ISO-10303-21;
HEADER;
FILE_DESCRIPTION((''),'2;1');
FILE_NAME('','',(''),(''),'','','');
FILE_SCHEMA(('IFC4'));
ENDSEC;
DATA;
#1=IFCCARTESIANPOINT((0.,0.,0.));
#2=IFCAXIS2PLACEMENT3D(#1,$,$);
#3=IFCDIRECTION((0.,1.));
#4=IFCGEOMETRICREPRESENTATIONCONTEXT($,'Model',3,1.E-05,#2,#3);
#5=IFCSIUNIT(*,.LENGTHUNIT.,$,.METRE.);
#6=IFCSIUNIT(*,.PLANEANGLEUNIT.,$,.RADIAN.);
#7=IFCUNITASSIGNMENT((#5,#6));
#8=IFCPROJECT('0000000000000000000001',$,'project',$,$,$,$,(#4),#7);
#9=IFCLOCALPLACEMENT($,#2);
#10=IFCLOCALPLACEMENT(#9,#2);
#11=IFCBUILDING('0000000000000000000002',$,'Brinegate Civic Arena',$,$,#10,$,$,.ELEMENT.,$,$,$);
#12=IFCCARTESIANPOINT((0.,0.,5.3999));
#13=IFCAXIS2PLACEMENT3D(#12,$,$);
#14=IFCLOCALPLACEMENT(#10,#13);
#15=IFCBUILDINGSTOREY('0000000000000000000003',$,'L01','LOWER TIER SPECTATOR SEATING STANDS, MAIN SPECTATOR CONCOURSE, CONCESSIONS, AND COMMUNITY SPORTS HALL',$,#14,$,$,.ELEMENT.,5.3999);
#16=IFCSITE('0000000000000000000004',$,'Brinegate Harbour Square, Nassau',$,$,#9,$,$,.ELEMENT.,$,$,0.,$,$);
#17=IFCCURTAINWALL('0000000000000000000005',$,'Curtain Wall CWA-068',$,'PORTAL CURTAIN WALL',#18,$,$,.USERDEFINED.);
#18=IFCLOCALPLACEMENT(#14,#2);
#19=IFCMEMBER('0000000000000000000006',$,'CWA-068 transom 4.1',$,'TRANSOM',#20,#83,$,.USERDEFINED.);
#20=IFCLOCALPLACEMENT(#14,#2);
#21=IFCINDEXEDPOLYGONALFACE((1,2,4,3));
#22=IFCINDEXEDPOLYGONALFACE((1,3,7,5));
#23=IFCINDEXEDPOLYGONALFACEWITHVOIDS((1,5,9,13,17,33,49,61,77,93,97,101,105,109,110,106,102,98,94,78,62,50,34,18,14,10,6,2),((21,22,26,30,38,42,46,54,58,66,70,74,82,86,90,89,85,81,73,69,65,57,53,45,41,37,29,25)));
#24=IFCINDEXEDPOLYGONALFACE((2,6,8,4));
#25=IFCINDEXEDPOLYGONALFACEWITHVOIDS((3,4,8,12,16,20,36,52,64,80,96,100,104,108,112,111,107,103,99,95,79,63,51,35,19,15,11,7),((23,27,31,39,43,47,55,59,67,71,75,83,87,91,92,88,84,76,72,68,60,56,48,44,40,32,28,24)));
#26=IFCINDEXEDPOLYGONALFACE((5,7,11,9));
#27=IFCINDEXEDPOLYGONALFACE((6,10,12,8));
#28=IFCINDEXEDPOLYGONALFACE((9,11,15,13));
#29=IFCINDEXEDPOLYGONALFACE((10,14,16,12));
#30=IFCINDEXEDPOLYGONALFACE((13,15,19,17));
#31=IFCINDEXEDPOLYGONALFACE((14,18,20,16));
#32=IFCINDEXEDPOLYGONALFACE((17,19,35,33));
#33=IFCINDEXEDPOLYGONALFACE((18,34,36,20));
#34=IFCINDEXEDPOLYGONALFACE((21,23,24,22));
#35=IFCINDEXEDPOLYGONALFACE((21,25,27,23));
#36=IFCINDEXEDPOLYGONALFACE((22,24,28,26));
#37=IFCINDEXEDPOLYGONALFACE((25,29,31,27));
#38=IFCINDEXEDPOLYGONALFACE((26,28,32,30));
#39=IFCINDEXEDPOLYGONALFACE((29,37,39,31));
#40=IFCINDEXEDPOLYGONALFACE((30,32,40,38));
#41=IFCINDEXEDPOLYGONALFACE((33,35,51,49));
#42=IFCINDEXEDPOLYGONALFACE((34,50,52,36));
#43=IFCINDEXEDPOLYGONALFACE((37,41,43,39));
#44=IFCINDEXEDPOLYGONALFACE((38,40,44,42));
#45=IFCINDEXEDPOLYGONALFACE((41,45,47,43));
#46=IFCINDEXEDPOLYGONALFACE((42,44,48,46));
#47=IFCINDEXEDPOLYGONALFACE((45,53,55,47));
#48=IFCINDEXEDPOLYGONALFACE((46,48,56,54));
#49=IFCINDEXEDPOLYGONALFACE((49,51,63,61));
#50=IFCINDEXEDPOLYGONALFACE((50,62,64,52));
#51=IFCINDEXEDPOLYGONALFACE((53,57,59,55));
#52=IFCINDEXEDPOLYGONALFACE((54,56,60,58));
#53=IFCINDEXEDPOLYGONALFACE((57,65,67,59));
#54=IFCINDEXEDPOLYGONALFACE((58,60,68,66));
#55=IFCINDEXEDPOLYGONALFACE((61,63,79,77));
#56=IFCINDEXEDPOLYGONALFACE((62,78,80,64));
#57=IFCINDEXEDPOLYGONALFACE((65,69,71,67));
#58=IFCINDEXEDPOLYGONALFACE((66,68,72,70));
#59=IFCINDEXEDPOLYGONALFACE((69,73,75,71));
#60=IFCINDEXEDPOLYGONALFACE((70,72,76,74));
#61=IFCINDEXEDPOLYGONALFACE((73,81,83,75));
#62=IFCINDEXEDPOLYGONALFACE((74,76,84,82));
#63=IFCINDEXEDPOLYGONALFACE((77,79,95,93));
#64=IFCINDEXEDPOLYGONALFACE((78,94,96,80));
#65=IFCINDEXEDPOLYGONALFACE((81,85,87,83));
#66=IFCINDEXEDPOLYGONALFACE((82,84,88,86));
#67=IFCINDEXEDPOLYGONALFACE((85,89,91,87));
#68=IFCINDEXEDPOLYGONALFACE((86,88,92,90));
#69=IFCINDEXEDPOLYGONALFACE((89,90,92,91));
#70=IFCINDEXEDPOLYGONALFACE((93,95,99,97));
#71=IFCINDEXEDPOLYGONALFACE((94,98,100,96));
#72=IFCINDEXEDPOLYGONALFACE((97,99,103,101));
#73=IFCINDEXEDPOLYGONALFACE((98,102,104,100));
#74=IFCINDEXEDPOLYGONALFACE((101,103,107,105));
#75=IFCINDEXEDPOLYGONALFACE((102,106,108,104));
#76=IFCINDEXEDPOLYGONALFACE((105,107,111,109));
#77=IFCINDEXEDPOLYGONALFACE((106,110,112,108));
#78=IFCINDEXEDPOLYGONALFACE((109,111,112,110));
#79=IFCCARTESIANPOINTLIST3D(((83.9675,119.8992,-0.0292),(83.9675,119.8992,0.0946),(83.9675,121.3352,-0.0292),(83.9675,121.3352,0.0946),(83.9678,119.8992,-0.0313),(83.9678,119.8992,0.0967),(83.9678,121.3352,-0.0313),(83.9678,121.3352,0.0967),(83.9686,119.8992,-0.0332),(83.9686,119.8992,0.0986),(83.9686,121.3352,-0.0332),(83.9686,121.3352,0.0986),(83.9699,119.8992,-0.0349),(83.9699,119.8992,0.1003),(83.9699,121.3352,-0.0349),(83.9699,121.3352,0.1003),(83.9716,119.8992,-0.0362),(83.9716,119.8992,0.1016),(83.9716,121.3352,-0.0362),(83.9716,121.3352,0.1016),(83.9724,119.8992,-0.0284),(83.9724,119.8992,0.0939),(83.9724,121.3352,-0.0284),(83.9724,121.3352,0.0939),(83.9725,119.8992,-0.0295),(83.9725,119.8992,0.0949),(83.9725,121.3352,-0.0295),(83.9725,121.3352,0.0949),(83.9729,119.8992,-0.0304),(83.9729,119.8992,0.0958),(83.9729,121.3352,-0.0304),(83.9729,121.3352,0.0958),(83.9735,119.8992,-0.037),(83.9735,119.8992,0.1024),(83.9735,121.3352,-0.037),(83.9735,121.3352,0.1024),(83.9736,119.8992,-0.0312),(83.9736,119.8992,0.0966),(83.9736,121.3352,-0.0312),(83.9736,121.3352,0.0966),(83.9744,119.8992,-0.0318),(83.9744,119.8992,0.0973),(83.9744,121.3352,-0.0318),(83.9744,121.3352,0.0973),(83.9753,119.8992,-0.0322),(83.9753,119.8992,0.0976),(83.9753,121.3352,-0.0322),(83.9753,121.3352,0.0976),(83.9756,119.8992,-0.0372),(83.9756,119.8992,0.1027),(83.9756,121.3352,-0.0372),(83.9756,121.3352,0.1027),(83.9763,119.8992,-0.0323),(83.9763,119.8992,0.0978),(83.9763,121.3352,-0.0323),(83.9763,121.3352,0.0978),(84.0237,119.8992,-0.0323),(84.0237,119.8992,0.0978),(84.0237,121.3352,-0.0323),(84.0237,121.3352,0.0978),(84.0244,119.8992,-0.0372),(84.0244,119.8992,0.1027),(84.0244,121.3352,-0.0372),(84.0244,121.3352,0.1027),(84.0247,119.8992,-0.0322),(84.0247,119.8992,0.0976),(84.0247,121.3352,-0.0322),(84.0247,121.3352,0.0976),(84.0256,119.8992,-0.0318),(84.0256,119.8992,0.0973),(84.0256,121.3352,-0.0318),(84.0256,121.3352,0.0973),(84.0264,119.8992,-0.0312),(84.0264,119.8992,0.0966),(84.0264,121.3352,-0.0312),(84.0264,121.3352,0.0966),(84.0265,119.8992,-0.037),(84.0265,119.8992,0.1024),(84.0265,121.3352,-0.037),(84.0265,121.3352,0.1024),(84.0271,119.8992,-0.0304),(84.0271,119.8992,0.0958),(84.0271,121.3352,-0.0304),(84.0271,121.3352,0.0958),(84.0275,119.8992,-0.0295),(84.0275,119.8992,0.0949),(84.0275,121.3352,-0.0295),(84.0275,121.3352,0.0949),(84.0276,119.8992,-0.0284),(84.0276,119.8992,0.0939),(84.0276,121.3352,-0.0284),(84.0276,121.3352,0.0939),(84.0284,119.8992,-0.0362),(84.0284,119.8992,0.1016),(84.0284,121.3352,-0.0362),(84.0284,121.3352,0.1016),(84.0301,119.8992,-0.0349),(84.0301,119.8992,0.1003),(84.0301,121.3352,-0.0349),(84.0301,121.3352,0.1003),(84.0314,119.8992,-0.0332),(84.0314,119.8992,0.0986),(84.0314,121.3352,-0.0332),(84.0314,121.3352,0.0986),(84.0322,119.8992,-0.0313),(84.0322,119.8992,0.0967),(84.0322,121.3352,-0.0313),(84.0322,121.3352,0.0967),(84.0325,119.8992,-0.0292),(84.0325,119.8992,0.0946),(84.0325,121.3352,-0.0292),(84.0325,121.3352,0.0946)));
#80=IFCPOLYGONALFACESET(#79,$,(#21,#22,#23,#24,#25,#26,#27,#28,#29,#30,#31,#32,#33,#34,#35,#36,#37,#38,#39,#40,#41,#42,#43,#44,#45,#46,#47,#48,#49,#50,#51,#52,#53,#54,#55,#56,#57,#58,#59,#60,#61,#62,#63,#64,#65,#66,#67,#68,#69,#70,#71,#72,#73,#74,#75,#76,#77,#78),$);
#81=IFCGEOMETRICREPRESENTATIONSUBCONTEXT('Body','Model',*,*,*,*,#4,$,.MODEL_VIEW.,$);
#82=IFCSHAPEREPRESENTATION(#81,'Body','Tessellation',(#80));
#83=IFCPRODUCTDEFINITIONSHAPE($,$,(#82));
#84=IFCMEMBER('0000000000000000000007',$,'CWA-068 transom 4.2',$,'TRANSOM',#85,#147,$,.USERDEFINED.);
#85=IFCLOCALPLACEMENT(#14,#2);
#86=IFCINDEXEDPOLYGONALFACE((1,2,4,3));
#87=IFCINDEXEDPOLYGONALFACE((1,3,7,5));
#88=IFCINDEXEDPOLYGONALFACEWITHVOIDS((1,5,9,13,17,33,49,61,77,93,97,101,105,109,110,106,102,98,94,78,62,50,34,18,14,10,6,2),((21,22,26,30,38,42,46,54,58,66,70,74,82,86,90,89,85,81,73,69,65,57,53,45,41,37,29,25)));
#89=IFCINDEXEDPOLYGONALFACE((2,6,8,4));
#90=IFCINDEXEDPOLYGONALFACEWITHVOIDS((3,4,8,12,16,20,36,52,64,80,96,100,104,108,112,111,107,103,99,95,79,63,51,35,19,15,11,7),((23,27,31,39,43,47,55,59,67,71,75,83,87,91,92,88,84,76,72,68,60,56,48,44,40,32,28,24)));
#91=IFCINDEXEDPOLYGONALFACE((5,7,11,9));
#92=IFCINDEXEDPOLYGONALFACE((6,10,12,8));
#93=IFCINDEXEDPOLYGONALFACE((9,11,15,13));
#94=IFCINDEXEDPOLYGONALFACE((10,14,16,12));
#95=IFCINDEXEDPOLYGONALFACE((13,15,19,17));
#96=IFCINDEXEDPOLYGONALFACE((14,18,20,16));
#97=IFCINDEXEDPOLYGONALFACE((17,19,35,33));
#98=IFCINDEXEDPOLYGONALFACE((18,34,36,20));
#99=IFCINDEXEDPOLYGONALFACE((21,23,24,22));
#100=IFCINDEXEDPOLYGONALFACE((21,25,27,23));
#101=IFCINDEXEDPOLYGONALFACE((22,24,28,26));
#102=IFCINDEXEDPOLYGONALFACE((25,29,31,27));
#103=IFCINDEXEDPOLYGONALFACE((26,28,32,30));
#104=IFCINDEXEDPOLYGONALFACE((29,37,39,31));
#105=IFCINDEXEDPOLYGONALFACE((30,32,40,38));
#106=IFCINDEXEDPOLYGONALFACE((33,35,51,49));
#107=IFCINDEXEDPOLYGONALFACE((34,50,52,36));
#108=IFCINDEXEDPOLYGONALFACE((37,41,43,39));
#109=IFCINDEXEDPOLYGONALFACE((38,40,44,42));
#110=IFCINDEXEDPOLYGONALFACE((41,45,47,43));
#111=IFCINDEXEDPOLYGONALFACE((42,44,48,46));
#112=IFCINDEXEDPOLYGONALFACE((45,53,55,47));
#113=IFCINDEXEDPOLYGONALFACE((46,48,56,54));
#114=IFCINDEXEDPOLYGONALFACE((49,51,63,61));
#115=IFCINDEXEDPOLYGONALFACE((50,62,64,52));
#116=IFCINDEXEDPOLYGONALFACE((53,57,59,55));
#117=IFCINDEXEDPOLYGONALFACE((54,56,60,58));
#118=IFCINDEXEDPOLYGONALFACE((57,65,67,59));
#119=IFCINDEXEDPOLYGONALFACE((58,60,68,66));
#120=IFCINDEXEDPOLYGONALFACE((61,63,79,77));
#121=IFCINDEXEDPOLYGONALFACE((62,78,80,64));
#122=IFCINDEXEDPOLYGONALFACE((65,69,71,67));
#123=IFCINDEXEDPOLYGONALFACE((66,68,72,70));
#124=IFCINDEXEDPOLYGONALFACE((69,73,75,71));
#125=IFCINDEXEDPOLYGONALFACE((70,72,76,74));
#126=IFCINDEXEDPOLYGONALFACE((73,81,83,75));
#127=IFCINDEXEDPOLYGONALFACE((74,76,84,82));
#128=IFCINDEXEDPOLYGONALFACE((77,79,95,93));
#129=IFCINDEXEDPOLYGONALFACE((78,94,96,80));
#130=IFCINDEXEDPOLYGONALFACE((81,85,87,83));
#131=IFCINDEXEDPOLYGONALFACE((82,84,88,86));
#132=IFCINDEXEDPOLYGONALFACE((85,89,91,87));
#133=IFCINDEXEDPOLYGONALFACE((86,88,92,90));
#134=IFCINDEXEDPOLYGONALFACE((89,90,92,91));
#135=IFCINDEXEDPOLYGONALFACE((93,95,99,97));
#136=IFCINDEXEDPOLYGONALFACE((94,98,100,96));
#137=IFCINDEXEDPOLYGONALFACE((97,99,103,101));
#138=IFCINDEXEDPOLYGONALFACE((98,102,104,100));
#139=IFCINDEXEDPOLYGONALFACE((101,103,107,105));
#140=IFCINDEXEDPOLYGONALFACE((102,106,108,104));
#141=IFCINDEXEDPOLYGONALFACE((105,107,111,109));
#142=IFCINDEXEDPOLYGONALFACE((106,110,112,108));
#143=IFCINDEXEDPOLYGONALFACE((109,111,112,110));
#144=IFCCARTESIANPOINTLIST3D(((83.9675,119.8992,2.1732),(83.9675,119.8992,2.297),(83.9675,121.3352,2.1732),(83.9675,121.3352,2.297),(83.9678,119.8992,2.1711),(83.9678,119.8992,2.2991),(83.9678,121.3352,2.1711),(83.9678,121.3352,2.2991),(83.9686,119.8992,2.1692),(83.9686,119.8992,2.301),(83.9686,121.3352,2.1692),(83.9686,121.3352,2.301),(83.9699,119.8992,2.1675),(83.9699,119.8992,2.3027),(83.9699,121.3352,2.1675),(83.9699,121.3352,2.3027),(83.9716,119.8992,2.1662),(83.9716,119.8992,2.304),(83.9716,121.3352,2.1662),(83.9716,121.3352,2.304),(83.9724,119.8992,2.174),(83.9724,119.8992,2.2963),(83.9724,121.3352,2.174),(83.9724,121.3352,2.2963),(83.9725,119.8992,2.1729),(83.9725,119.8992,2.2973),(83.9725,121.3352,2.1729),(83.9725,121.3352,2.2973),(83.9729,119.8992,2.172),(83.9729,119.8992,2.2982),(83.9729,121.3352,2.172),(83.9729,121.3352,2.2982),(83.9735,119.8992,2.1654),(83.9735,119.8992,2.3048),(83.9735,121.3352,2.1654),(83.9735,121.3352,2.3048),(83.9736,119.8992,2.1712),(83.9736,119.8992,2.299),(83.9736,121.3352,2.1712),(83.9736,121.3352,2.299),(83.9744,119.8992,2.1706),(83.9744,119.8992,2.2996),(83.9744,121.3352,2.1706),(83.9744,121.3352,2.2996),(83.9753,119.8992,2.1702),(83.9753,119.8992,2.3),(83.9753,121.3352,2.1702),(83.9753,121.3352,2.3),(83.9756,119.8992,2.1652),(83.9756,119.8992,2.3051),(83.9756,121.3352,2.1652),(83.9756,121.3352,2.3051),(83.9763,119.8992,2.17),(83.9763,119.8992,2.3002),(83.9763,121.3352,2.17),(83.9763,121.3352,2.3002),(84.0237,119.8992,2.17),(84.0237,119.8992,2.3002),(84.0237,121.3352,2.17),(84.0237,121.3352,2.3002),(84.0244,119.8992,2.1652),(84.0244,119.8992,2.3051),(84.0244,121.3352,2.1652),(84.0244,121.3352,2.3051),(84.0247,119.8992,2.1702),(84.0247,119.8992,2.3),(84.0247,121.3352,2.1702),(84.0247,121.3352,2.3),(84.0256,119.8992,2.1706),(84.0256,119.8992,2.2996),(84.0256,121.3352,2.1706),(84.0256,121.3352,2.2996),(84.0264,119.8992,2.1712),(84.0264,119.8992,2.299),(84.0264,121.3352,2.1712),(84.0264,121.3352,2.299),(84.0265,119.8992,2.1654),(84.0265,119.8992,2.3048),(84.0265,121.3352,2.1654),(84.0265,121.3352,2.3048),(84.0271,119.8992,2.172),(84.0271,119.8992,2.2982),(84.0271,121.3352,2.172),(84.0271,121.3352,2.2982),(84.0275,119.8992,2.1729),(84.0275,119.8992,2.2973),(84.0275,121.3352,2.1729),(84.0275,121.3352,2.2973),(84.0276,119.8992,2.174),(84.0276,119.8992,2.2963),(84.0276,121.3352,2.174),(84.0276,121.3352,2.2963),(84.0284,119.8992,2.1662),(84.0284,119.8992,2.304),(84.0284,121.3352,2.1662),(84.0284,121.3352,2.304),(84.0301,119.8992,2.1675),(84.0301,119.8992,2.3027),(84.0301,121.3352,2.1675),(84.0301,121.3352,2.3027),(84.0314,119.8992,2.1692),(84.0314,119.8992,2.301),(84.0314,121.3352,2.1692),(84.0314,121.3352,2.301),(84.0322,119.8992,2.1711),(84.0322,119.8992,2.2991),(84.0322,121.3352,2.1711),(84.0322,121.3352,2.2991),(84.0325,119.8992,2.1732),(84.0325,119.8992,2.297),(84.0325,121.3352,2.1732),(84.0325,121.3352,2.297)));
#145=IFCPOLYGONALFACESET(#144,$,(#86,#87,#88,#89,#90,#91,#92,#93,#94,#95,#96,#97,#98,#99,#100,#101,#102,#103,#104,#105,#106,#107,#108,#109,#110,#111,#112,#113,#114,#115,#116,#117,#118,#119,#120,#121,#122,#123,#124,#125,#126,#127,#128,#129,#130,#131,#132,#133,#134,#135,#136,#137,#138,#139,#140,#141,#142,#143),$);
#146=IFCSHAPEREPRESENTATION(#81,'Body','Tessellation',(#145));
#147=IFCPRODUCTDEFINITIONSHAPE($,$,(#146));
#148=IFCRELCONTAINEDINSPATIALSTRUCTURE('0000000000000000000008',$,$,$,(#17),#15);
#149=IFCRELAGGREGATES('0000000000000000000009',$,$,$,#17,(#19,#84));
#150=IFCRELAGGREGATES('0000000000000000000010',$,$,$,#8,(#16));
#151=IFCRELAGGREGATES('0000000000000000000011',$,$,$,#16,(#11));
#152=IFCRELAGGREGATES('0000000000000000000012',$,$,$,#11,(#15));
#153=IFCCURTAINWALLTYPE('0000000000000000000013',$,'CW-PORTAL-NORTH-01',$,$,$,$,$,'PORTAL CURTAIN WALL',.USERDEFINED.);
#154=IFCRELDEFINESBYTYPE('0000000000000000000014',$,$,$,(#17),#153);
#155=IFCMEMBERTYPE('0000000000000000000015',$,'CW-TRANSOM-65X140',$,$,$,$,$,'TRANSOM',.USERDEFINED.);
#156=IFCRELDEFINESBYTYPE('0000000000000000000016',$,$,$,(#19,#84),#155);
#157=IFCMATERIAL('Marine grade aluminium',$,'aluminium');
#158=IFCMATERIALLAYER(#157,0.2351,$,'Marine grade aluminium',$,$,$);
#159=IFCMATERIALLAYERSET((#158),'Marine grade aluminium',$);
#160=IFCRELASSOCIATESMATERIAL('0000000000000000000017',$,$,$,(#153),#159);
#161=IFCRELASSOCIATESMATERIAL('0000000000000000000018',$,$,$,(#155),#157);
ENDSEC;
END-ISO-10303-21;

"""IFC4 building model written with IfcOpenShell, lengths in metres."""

from ifc_helpers import new_model, si_unit, direction, frame, origin, origin_2d, place, context, subcontext, project, spatial, hollow_rectangle, extrude, material, layer, layer_set, material_profile, profile_set, type_object, element, aggregate, save


model = new_model("IFC4")

# Units and contexts
model_context = context("Model", 3, precision=1e-05, world=origin(), true_north=direction((0.0, 1.0)))
body_context = subcontext(model_context, "Body", "Model", "MODEL_VIEW")
ifc_project = project(units=[si_unit("LENGTHUNIT", "METRE"), si_unit("PLANEANGLEUNIT", "RADIAN")], contexts=[model_context])

# Site, building, storey
site_placement = place(None, origin())
site = spatial("IfcSite", under=ifc_project, at=site_placement, Name="Brinegate Harbour Square, Nassau", CompositionType="ELEMENT", RefElevation=0.0)
building_placement = place(site_placement, origin())
building = spatial("IfcBuilding", under=site, at=building_placement, Name="Brinegate Civic Arena", CompositionType="ELEMENT")
storey_placement = place(building_placement, frame((0.0, 0.0, 5.3999)))
storey = spatial("IfcBuildingStorey", under=building, at=storey_placement, Name="L01", Description="LOWER TIER SPECTATOR SEATING STANDS, MAIN SPECTATOR CONCOURSE, CONCESSIONS, AND COMMUNITY SPORTS HALL", CompositionType="ELEMENT", Elevation=5.3999)

# Curtain wall, members
ifc_material_1 = material(Name="Marine grade aluminium", Category="aluminium")
ifc_layer_1 = layer(ifc_material_1, 0.2351, Name="Marine grade aluminium")
ifc_layer_set_1 = layer_set([ifc_layer_1], Name="Marine grade aluminium")
curtain_wall_type = type_object("IfcCurtainWallType", Name="CW-PORTAL-NORTH-01", ElementType="PORTAL CURTAIN WALL", PredefinedType="USERDEFINED", material=ifc_layer_set_1)
curtain_wall_placement = place(storey_placement, origin())
curtain_wall = element("IfcCurtainWall", 1, at=curtain_wall_placement, inside=storey, type_object=curtain_wall_type, Name="Curtain Wall CWA-068", ObjectType="PORTAL CURTAIN WALL", PredefinedType="USERDEFINED")
ifc_material_profile_1 = material_profile(ifc_material_1, hollow_rectangle(XDim=0.0649, YDim=0.1399, WallThickness=0.0049, InnerFilletRadius=0.0039, OuterFilletRadius=0.0081, at=origin_2d()), Name="TRN65X140")
ifc_profile_set_1 = profile_set([ifc_material_profile_1], Name="Marine grade aluminium")
member_type_1 = type_object("IfcMemberType", Name="CW-TRANSOM-65X140", ElementType="TRANSOM", PredefinedType="USERDEFINED", material=ifc_profile_set_1)
member_1_placement = place(storey_placement, frame((84.0, 119.8992, 0.0327), z_axis=(0.0, 1.0, 0.0), x_axis=(-1.0, 0.0, 0.0)))
member_1 = element("IfcMember", 2, at=member_1_placement, type_object=member_type_1, Name="CWA-068 transom 4.1", ObjectType="TRANSOM", PredefinedType="USERDEFINED", context=body_context, shape_type="SweptSolid", body=[
    extrude(hollow_rectangle(XDim=0.0649, YDim=0.1399, WallThickness=0.0049, InnerFilletRadius=0.0039, OuterFilletRadius=0.0081, at=origin_2d()), origin(), (0.0, 0.0, 1.0), 1.436),
])
member_2_placement = place(storey_placement, frame((84.0, 119.8992, 2.2351), z_axis=(0.0, 1.0, 0.0), x_axis=(-1.0, 0.0, 0.0)))
member_2 = element("IfcMember", 3, at=member_2_placement, type_object=member_type_1, Name="CWA-068 transom 4.2", ObjectType="TRANSOM", PredefinedType="USERDEFINED", context=body_context, shape_type="SweptSolid", body=[
    extrude(hollow_rectangle(XDim=0.0649, YDim=0.1399, WallThickness=0.0049, InnerFilletRadius=0.0039, OuterFilletRadius=0.0081, at=origin_2d()), origin(), (0.0, 0.0, 1.0), 1.436),
])
aggregate(curtain_wall, [member_1, member_2])

save(model, "model.ifc")
